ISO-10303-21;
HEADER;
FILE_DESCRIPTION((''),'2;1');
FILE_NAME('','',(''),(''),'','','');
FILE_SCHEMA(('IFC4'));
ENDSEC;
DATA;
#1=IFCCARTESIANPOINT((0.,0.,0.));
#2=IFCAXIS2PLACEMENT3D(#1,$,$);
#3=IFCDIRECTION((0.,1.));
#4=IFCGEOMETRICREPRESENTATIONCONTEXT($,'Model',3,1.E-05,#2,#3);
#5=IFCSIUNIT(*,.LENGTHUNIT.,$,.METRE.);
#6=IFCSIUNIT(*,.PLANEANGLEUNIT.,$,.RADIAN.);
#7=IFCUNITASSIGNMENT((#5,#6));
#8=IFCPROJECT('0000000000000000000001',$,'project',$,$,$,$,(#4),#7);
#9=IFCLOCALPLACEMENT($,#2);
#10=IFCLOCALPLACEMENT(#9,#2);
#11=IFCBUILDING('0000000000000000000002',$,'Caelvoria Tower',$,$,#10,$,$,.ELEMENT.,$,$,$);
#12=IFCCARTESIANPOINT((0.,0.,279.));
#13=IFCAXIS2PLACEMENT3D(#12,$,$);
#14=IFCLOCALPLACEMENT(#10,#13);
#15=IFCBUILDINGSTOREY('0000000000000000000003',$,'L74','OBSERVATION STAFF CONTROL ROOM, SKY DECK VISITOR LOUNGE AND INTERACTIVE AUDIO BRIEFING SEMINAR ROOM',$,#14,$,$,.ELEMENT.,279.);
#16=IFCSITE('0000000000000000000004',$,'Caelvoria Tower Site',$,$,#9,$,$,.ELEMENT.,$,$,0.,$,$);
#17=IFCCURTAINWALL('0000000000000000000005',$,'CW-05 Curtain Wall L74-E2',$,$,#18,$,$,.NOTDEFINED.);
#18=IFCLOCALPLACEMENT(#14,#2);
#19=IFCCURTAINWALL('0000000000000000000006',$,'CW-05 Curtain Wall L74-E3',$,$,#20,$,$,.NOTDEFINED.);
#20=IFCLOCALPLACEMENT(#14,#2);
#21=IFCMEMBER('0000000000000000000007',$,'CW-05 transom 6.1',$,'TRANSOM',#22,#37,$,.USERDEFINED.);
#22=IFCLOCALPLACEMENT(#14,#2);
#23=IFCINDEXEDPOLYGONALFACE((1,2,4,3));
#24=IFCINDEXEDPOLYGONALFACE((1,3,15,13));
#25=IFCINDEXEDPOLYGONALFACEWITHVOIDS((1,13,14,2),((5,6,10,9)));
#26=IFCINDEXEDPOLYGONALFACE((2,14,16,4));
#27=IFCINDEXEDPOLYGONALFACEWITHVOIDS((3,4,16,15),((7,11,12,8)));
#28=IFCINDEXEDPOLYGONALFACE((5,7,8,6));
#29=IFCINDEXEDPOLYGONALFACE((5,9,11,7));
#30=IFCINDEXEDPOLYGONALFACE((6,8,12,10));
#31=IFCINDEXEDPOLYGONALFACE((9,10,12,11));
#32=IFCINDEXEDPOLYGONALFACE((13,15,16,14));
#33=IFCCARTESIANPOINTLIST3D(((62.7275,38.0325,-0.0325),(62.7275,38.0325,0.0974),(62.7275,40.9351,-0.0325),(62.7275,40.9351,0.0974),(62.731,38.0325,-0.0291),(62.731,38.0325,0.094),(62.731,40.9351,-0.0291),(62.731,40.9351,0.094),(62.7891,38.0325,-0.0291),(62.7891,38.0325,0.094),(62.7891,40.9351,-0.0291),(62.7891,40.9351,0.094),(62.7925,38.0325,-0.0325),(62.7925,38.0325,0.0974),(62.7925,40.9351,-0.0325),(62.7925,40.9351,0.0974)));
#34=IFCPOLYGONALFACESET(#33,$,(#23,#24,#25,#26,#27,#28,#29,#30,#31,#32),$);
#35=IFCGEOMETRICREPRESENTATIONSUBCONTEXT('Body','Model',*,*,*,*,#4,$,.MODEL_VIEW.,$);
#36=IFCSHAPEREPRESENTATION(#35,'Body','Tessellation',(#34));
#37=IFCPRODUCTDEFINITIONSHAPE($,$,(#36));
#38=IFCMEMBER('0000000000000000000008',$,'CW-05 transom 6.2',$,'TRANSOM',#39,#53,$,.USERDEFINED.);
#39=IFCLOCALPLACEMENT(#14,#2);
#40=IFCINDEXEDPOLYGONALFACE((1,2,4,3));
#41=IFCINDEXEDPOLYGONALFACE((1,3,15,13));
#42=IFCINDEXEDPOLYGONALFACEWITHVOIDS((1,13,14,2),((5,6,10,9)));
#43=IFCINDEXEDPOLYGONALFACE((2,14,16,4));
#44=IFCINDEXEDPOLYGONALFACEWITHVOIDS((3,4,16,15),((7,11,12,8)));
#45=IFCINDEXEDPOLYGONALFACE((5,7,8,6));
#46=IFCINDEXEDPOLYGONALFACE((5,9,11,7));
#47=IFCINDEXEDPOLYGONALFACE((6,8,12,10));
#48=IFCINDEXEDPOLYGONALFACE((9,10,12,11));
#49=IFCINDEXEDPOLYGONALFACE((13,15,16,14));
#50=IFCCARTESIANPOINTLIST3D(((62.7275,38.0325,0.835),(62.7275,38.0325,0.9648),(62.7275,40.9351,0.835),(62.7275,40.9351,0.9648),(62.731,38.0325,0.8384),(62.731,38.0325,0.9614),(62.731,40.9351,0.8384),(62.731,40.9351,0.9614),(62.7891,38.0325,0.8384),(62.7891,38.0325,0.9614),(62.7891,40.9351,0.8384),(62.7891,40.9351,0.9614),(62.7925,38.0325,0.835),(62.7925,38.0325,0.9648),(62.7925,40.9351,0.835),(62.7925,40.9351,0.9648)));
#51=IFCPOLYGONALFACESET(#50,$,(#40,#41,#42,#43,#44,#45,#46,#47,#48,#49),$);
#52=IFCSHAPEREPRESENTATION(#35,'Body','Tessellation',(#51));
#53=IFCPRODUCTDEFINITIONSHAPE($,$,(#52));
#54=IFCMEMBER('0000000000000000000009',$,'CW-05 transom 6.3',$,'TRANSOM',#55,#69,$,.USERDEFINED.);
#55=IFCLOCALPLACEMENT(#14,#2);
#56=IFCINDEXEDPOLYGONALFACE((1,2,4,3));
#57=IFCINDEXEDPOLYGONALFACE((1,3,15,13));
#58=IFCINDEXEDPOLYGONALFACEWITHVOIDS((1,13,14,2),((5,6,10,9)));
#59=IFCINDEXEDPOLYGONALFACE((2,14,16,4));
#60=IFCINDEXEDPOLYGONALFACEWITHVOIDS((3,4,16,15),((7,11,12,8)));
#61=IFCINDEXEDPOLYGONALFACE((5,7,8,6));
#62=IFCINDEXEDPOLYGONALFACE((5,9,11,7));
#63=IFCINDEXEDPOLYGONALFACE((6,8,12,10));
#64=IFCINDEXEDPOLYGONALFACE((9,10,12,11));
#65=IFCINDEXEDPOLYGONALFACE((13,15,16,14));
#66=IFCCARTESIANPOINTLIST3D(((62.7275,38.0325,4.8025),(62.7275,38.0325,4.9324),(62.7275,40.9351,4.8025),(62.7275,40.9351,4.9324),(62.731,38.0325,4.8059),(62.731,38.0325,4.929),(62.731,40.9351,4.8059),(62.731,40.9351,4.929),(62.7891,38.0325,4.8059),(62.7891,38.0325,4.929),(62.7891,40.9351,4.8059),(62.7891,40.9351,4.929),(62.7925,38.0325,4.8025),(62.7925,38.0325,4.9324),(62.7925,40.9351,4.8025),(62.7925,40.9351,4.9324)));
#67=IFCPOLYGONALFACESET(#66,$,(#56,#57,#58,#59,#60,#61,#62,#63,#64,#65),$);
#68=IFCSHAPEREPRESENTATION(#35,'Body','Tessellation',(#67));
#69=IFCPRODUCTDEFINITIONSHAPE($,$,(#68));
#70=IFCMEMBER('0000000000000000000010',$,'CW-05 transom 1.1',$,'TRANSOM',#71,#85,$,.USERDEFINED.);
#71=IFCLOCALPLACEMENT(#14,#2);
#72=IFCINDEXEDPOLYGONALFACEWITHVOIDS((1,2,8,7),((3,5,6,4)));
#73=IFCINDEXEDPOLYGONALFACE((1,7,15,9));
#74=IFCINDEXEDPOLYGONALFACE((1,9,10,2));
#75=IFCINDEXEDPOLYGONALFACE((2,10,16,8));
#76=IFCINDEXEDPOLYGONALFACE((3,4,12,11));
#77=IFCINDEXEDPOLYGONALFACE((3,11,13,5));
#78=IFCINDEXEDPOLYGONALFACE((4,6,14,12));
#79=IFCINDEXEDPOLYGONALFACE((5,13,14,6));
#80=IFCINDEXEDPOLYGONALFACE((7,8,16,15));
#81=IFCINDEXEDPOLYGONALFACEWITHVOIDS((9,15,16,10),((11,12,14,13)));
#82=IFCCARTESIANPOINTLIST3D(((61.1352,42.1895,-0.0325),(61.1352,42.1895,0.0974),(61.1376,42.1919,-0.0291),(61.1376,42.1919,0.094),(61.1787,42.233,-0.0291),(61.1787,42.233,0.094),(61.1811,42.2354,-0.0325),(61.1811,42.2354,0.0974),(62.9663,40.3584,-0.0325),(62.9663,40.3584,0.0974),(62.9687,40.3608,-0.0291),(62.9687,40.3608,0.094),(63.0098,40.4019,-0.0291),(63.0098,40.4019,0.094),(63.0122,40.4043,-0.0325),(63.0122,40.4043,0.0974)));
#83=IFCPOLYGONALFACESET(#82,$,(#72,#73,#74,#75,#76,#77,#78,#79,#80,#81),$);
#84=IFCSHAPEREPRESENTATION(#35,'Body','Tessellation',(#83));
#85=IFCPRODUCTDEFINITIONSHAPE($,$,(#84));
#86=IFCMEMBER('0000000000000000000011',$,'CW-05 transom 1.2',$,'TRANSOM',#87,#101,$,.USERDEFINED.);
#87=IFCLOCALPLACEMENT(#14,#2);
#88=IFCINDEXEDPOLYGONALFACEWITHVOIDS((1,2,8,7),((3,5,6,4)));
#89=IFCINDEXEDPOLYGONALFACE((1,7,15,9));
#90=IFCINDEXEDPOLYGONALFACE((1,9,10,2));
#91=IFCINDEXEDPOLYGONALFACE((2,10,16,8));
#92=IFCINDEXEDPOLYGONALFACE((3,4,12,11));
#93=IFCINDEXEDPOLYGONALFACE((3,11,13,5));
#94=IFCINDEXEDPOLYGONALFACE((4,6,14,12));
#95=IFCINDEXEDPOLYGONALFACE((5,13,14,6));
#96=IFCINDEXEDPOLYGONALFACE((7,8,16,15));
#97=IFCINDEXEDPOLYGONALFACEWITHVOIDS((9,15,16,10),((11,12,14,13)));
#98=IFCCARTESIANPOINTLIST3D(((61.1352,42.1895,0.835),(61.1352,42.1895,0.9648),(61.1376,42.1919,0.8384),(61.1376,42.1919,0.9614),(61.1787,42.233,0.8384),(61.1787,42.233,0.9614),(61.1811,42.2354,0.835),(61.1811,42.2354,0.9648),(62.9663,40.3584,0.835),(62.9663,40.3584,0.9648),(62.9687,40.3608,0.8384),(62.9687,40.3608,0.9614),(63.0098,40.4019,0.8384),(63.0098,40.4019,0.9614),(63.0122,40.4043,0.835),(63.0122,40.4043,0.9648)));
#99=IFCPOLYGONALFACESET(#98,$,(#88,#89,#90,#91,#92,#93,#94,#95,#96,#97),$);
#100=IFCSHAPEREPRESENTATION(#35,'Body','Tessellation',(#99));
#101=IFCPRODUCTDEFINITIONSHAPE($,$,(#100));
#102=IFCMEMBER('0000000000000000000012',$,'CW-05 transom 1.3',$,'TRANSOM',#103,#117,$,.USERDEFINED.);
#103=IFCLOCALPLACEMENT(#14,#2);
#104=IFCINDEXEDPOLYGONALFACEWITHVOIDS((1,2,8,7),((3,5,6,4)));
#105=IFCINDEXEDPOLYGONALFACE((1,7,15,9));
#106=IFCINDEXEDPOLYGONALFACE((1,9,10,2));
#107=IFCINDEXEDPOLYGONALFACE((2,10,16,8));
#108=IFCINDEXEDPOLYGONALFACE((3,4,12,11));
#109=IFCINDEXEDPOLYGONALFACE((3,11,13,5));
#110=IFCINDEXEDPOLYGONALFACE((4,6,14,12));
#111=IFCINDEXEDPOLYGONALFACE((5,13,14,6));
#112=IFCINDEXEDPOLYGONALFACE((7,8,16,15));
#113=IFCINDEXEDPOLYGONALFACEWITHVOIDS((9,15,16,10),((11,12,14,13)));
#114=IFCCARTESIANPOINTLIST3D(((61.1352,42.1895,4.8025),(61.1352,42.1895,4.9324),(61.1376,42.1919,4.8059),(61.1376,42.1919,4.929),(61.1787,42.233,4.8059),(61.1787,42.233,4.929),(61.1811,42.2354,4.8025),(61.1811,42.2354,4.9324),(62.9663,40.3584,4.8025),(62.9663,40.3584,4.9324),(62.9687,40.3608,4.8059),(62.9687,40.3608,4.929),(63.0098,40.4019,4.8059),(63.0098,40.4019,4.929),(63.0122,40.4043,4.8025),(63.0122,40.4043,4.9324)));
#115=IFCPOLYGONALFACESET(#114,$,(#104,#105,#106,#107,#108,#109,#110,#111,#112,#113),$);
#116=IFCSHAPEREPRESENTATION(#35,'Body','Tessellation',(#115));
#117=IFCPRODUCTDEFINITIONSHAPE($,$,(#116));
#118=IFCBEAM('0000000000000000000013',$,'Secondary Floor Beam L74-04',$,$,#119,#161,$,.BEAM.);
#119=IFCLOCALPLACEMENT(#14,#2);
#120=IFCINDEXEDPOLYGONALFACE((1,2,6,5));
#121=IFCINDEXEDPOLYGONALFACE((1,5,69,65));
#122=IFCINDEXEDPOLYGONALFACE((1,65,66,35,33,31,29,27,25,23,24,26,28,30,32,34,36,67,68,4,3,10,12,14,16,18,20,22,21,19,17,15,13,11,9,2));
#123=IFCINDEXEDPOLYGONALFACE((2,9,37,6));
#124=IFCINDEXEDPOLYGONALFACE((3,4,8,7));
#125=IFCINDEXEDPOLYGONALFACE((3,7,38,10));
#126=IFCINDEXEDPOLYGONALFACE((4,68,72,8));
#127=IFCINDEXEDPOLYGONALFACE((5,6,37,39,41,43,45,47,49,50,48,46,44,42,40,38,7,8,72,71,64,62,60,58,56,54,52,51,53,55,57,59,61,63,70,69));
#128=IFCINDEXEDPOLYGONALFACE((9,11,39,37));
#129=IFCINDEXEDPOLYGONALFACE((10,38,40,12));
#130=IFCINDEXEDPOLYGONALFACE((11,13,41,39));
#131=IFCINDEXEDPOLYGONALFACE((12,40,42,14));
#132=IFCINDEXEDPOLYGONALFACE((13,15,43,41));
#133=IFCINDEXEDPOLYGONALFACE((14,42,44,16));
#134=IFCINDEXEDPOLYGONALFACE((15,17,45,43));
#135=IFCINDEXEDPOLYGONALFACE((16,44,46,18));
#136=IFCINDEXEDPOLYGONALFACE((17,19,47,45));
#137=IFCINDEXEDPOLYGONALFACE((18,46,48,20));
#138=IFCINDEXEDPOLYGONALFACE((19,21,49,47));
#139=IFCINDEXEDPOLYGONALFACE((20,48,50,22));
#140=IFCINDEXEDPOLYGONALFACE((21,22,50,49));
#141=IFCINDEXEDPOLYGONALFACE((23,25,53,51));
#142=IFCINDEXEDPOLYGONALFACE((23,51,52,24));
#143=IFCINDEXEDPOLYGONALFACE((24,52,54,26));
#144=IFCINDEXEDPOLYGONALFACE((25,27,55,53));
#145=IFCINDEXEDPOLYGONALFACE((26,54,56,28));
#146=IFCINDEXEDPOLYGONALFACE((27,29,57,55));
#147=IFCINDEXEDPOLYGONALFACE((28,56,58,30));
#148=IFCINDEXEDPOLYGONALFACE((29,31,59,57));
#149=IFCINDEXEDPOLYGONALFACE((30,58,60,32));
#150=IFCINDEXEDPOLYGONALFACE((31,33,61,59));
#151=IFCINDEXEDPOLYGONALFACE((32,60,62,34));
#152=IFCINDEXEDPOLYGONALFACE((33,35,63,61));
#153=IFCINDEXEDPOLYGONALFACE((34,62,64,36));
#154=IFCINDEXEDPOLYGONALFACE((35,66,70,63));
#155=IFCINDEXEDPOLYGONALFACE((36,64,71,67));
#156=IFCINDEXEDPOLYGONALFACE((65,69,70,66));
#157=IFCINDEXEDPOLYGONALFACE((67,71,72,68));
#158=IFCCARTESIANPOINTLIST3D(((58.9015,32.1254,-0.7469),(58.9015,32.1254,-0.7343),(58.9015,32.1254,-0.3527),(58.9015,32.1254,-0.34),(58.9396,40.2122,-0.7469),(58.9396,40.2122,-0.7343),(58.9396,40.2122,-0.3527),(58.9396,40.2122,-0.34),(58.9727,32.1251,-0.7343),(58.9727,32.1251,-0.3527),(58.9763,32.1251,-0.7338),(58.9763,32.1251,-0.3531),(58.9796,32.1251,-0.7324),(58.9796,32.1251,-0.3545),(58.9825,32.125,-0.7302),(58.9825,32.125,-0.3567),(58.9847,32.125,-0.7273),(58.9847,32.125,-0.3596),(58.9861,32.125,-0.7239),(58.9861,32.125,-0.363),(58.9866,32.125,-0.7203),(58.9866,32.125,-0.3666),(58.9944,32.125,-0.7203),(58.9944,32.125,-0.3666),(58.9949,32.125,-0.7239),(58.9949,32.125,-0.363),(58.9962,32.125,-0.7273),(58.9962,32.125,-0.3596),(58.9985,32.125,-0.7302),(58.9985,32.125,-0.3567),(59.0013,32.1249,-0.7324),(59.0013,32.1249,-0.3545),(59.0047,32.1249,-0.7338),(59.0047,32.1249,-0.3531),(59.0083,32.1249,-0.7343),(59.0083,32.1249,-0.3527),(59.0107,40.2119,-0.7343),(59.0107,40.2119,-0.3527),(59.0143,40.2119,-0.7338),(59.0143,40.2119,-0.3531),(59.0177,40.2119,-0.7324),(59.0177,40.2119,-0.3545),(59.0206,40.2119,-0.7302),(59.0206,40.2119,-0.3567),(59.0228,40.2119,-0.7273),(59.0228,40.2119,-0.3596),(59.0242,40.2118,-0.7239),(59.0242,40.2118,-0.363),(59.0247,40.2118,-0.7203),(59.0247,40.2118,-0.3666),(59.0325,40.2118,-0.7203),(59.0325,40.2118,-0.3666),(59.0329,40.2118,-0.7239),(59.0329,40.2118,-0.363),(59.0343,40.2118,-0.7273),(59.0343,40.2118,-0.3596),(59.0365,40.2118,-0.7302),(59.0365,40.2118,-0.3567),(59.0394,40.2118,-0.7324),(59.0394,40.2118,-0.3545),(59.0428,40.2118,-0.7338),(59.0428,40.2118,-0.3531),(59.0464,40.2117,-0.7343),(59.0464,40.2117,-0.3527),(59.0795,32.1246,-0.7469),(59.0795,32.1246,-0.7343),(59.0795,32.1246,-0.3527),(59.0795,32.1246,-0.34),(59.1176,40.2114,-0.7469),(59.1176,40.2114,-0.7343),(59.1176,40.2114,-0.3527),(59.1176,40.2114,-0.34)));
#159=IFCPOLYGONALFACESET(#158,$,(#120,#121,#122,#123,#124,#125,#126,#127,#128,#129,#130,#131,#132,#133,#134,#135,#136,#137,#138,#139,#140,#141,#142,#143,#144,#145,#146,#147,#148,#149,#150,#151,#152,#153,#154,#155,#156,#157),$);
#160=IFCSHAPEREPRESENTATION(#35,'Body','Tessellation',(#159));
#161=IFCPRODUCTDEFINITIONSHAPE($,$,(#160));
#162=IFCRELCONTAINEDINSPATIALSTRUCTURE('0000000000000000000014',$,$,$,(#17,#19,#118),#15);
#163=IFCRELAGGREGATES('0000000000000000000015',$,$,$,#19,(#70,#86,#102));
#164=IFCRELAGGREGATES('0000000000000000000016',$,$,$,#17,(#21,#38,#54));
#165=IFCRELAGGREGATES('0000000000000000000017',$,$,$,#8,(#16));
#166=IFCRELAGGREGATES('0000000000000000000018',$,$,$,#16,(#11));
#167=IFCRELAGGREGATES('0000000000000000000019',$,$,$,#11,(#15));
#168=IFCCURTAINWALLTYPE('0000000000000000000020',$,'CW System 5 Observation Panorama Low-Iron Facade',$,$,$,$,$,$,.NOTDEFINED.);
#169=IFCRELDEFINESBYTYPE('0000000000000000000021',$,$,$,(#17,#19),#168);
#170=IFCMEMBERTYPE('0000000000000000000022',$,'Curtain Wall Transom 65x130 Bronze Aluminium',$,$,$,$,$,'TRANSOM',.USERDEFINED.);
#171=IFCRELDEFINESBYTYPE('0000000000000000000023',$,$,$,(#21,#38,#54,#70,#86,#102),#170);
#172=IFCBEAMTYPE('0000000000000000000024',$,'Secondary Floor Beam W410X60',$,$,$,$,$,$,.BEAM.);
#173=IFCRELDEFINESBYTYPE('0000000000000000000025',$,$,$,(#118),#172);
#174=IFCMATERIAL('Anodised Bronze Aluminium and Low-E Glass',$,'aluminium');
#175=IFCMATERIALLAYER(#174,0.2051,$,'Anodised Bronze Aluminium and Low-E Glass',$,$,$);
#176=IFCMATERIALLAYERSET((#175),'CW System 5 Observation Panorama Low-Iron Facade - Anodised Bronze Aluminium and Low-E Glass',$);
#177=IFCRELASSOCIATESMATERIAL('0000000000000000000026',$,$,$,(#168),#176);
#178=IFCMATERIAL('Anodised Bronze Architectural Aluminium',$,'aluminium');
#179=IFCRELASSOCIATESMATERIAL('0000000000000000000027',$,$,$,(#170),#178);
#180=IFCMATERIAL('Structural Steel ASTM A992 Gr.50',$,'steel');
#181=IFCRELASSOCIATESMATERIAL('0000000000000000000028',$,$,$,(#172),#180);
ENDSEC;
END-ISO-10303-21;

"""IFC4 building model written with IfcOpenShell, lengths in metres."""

from ifc_helpers import new_model, si_unit, direction, frame, origin, origin_2d, place, context, subcontext, project, spatial, hollow_rectangle, i_section, extrude, material, layer, layer_set, material_profile, profile_set, type_object, element, aggregate, save


model = new_model("IFC4")

# Units and contexts
model_context = context("Model", 3, precision=1e-05, world=origin(), true_north=direction((0.0, 1.0)))
body_context = subcontext(model_context, "Body", "Model", "MODEL_VIEW")
ifc_project = project(units=[si_unit("LENGTHUNIT", "METRE"), si_unit("PLANEANGLEUNIT", "RADIAN")], contexts=[model_context])

# Site, building, storey
site_placement = place(None, origin())
site = spatial("IfcSite", under=ifc_project, at=site_placement, Name="Caelvoria Tower Site", CompositionType="ELEMENT", RefElevation=0.0)
building_placement = place(site_placement, origin())
building = spatial("IfcBuilding", under=site, at=building_placement, Name="Caelvoria Tower", CompositionType="ELEMENT")
storey_placement = place(building_placement, frame((0.0, 0.0, 279.0)))
storey = spatial("IfcBuildingStorey", under=building, at=storey_placement, Name="L74", Description="OBSERVATION STAFF CONTROL ROOM, SKY DECK VISITOR LOUNGE AND INTERACTIVE AUDIO BRIEFING SEMINAR ROOM", CompositionType="ELEMENT", Elevation=279.0)

# Curtain wall
ifc_material_1 = material(Name="Anodised Bronze Aluminium and Low-E Glass", Category="aluminium")
ifc_layer_1 = layer(ifc_material_1, 0.2051, Name="Anodised Bronze Aluminium and Low-E Glass")
ifc_layer_set_1 = layer_set([ifc_layer_1], Name="CW System 5 Observation Panorama Low-Iron Facade - Anodised Bronze Aluminium and Low-E Glass")
curtain_wall_type = type_object("IfcCurtainWallType", Name="CW System 5 Observation Panorama Low-Iron Facade", PredefinedType="NOTDEFINED", material=ifc_layer_set_1)
curtain_wall_1_placement = place(storey_placement, origin())
curtain_wall_1 = element("IfcCurtainWall", 1, at=curtain_wall_1_placement, inside=storey, type_object=curtain_wall_type, Name="CW-05 Curtain Wall L74-E2", PredefinedType="NOTDEFINED")
ifc_material_2 = material(Name="Anodised Bronze Architectural Aluminium", Category="aluminium")

# Curtain wall
curtain_wall_2_placement = place(storey_placement, origin())
curtain_wall_2 = element("IfcCurtainWall", 2, at=curtain_wall_2_placement, inside=storey, type_object=curtain_wall_type, Name="CW-05 Curtain Wall L74-E3", PredefinedType="NOTDEFINED")

# Members
ifc_material_profile_1 = material_profile(ifc_material_2, hollow_rectangle(XDim=0.0649, YDim=0.1299, WallThickness=0.0034, at=origin_2d()), Name="Anodised Bronze Architectural Aluminium")
ifc_profile_set_1 = profile_set([ifc_material_profile_1], Name="CW_TRAN_65X130 - Anodised Bronze Architectural Aluminium")
member_type_1 = type_object("IfcMemberType", Name="Curtain Wall Transom 65x130 Bronze Aluminium", ElementType="TRANSOM", PredefinedType="USERDEFINED", material=ifc_profile_set_1)
member_1_placement = place(storey_placement, frame((62.76, 38.0325, 0.0325), z_axis=(0.0, 1.0, 0.0), x_axis=(-1.0, 0.0, 0.0)))
member_1 = element("IfcMember", 3, at=member_1_placement, type_object=member_type_1, Name="CW-05 transom 6.1", ObjectType="TRANSOM", PredefinedType="USERDEFINED", context=body_context, shape_type="SweptSolid", body=[
    extrude(hollow_rectangle(XDim=0.0649, YDim=0.1299, WallThickness=0.0034, at=origin_2d()), origin(), (0.0, 0.0, 1.0), 2.9026),
])
member_2_placement = place(storey_placement, frame((62.76, 38.0325, 0.8999), z_axis=(0.0, 1.0, 0.0), x_axis=(-1.0, 0.0, 0.0)))
member_2 = element("IfcMember", 4, at=member_2_placement, type_object=member_type_1, Name="CW-05 transom 6.2", ObjectType="TRANSOM", PredefinedType="USERDEFINED", context=body_context, shape_type="SweptSolid", body=[
    extrude(hollow_rectangle(XDim=0.0649, YDim=0.1299, WallThickness=0.0034, at=origin_2d()), origin(), (0.0, 0.0, 1.0), 2.9026),
])
member_3_placement = place(storey_placement, frame((62.76, 38.0325, 4.8674), z_axis=(0.0, 1.0, 0.0), x_axis=(-1.0, 0.0, 0.0)))
member_3 = element("IfcMember", 5, at=member_3_placement, type_object=member_type_1, Name="CW-05 transom 6.3", ObjectType="TRANSOM", PredefinedType="USERDEFINED", context=body_context, shape_type="SweptSolid", body=[
    extrude(hollow_rectangle(XDim=0.0649, YDim=0.1299, WallThickness=0.0034, at=origin_2d()), origin(), (0.0, 0.0, 1.0), 2.9026),
])
member_4_placement = place(storey_placement, frame((62.9893, 40.3813, 0.0325), z_axis=(-0.707107, 0.707107, 0.0), x_axis=(-0.707107, -0.707107, 0.0)))
member_4 = element("IfcMember", 6, at=member_4_placement, type_object=member_type_1, Name="CW-05 transom 1.1", ObjectType="TRANSOM", PredefinedType="USERDEFINED", context=body_context, shape_type="SweptSolid", body=[
    extrude(hollow_rectangle(XDim=0.0649, YDim=0.1299, WallThickness=0.0034, at=origin_2d()), origin(), (0.0, 0.0, 1.0), 2.5896),
])
member_5_placement = place(storey_placement, frame((62.9893, 40.3813, 0.8999), z_axis=(-0.707107, 0.707107, 0.0), x_axis=(-0.707107, -0.707107, 0.0)))
member_5 = element("IfcMember", 7, at=member_5_placement, type_object=member_type_1, Name="CW-05 transom 1.2", ObjectType="TRANSOM", PredefinedType="USERDEFINED", context=body_context, shape_type="SweptSolid", body=[
    extrude(hollow_rectangle(XDim=0.0649, YDim=0.1299, WallThickness=0.0034, at=origin_2d()), origin(), (0.0, 0.0, 1.0), 2.5896),
])
member_6_placement = place(storey_placement, frame((62.9893, 40.3813, 4.8674), z_axis=(-0.707107, 0.707107, 0.0), x_axis=(-0.707107, -0.707107, 0.0)))
member_6 = element("IfcMember", 8, at=member_6_placement, type_object=member_type_1, Name="CW-05 transom 1.3", ObjectType="TRANSOM", PredefinedType="USERDEFINED", context=body_context, shape_type="SweptSolid", body=[
    extrude(hollow_rectangle(XDim=0.0649, YDim=0.1299, WallThickness=0.0034, at=origin_2d()), origin(), (0.0, 0.0, 1.0), 2.5896),
])
aggregate(curtain_wall_2, [member_4, member_5, member_6])

# Beam
ifc_material_3 = material(Name="Structural Steel ASTM A992 Gr.50", Category="steel")
ifc_material_profile_2 = material_profile(ifc_material_3, i_section(OverallWidth=0.178, OverallDepth=0.407, WebThickness=0.0078, FlangeThickness=0.0127, FilletRadius=0.0139, at=origin_2d()), Name="Structural Steel ASTM A992 Gr.50")
ifc_profile_set_2 = profile_set([ifc_material_profile_2], Name="W410X60 - Structural Steel ASTM A992 Gr.50")
beam_type_1 = type_object("IfcBeamType", Name="Secondary Floor Beam W410X60", PredefinedType="BEAM", material=ifc_profile_set_2)
beam_1_placement = place(storey_placement, frame((58.9905, 32.125, -0.5435), z_axis=(0.00471, 0.999989, 0.0), x_axis=(-0.999989, 0.00471, 0.0)))
element("IfcBeam", 9, at=beam_1_placement, inside=storey, type_object=beam_type_1, Name="Secondary Floor Beam L74-04", PredefinedType="BEAM", context=body_context, shape_type="SweptSolid", body=[
    extrude(i_section(OverallWidth=0.178, OverallDepth=0.407, WebThickness=0.0078, FlangeThickness=0.0127, FilletRadius=0.0139, at=origin_2d()), origin(), (0.0, 0.0, 1.0), 8.0869),
])

aggregate(curtain_wall_1, [member_1, member_2, member_3])

save(model, "model.ifc")
